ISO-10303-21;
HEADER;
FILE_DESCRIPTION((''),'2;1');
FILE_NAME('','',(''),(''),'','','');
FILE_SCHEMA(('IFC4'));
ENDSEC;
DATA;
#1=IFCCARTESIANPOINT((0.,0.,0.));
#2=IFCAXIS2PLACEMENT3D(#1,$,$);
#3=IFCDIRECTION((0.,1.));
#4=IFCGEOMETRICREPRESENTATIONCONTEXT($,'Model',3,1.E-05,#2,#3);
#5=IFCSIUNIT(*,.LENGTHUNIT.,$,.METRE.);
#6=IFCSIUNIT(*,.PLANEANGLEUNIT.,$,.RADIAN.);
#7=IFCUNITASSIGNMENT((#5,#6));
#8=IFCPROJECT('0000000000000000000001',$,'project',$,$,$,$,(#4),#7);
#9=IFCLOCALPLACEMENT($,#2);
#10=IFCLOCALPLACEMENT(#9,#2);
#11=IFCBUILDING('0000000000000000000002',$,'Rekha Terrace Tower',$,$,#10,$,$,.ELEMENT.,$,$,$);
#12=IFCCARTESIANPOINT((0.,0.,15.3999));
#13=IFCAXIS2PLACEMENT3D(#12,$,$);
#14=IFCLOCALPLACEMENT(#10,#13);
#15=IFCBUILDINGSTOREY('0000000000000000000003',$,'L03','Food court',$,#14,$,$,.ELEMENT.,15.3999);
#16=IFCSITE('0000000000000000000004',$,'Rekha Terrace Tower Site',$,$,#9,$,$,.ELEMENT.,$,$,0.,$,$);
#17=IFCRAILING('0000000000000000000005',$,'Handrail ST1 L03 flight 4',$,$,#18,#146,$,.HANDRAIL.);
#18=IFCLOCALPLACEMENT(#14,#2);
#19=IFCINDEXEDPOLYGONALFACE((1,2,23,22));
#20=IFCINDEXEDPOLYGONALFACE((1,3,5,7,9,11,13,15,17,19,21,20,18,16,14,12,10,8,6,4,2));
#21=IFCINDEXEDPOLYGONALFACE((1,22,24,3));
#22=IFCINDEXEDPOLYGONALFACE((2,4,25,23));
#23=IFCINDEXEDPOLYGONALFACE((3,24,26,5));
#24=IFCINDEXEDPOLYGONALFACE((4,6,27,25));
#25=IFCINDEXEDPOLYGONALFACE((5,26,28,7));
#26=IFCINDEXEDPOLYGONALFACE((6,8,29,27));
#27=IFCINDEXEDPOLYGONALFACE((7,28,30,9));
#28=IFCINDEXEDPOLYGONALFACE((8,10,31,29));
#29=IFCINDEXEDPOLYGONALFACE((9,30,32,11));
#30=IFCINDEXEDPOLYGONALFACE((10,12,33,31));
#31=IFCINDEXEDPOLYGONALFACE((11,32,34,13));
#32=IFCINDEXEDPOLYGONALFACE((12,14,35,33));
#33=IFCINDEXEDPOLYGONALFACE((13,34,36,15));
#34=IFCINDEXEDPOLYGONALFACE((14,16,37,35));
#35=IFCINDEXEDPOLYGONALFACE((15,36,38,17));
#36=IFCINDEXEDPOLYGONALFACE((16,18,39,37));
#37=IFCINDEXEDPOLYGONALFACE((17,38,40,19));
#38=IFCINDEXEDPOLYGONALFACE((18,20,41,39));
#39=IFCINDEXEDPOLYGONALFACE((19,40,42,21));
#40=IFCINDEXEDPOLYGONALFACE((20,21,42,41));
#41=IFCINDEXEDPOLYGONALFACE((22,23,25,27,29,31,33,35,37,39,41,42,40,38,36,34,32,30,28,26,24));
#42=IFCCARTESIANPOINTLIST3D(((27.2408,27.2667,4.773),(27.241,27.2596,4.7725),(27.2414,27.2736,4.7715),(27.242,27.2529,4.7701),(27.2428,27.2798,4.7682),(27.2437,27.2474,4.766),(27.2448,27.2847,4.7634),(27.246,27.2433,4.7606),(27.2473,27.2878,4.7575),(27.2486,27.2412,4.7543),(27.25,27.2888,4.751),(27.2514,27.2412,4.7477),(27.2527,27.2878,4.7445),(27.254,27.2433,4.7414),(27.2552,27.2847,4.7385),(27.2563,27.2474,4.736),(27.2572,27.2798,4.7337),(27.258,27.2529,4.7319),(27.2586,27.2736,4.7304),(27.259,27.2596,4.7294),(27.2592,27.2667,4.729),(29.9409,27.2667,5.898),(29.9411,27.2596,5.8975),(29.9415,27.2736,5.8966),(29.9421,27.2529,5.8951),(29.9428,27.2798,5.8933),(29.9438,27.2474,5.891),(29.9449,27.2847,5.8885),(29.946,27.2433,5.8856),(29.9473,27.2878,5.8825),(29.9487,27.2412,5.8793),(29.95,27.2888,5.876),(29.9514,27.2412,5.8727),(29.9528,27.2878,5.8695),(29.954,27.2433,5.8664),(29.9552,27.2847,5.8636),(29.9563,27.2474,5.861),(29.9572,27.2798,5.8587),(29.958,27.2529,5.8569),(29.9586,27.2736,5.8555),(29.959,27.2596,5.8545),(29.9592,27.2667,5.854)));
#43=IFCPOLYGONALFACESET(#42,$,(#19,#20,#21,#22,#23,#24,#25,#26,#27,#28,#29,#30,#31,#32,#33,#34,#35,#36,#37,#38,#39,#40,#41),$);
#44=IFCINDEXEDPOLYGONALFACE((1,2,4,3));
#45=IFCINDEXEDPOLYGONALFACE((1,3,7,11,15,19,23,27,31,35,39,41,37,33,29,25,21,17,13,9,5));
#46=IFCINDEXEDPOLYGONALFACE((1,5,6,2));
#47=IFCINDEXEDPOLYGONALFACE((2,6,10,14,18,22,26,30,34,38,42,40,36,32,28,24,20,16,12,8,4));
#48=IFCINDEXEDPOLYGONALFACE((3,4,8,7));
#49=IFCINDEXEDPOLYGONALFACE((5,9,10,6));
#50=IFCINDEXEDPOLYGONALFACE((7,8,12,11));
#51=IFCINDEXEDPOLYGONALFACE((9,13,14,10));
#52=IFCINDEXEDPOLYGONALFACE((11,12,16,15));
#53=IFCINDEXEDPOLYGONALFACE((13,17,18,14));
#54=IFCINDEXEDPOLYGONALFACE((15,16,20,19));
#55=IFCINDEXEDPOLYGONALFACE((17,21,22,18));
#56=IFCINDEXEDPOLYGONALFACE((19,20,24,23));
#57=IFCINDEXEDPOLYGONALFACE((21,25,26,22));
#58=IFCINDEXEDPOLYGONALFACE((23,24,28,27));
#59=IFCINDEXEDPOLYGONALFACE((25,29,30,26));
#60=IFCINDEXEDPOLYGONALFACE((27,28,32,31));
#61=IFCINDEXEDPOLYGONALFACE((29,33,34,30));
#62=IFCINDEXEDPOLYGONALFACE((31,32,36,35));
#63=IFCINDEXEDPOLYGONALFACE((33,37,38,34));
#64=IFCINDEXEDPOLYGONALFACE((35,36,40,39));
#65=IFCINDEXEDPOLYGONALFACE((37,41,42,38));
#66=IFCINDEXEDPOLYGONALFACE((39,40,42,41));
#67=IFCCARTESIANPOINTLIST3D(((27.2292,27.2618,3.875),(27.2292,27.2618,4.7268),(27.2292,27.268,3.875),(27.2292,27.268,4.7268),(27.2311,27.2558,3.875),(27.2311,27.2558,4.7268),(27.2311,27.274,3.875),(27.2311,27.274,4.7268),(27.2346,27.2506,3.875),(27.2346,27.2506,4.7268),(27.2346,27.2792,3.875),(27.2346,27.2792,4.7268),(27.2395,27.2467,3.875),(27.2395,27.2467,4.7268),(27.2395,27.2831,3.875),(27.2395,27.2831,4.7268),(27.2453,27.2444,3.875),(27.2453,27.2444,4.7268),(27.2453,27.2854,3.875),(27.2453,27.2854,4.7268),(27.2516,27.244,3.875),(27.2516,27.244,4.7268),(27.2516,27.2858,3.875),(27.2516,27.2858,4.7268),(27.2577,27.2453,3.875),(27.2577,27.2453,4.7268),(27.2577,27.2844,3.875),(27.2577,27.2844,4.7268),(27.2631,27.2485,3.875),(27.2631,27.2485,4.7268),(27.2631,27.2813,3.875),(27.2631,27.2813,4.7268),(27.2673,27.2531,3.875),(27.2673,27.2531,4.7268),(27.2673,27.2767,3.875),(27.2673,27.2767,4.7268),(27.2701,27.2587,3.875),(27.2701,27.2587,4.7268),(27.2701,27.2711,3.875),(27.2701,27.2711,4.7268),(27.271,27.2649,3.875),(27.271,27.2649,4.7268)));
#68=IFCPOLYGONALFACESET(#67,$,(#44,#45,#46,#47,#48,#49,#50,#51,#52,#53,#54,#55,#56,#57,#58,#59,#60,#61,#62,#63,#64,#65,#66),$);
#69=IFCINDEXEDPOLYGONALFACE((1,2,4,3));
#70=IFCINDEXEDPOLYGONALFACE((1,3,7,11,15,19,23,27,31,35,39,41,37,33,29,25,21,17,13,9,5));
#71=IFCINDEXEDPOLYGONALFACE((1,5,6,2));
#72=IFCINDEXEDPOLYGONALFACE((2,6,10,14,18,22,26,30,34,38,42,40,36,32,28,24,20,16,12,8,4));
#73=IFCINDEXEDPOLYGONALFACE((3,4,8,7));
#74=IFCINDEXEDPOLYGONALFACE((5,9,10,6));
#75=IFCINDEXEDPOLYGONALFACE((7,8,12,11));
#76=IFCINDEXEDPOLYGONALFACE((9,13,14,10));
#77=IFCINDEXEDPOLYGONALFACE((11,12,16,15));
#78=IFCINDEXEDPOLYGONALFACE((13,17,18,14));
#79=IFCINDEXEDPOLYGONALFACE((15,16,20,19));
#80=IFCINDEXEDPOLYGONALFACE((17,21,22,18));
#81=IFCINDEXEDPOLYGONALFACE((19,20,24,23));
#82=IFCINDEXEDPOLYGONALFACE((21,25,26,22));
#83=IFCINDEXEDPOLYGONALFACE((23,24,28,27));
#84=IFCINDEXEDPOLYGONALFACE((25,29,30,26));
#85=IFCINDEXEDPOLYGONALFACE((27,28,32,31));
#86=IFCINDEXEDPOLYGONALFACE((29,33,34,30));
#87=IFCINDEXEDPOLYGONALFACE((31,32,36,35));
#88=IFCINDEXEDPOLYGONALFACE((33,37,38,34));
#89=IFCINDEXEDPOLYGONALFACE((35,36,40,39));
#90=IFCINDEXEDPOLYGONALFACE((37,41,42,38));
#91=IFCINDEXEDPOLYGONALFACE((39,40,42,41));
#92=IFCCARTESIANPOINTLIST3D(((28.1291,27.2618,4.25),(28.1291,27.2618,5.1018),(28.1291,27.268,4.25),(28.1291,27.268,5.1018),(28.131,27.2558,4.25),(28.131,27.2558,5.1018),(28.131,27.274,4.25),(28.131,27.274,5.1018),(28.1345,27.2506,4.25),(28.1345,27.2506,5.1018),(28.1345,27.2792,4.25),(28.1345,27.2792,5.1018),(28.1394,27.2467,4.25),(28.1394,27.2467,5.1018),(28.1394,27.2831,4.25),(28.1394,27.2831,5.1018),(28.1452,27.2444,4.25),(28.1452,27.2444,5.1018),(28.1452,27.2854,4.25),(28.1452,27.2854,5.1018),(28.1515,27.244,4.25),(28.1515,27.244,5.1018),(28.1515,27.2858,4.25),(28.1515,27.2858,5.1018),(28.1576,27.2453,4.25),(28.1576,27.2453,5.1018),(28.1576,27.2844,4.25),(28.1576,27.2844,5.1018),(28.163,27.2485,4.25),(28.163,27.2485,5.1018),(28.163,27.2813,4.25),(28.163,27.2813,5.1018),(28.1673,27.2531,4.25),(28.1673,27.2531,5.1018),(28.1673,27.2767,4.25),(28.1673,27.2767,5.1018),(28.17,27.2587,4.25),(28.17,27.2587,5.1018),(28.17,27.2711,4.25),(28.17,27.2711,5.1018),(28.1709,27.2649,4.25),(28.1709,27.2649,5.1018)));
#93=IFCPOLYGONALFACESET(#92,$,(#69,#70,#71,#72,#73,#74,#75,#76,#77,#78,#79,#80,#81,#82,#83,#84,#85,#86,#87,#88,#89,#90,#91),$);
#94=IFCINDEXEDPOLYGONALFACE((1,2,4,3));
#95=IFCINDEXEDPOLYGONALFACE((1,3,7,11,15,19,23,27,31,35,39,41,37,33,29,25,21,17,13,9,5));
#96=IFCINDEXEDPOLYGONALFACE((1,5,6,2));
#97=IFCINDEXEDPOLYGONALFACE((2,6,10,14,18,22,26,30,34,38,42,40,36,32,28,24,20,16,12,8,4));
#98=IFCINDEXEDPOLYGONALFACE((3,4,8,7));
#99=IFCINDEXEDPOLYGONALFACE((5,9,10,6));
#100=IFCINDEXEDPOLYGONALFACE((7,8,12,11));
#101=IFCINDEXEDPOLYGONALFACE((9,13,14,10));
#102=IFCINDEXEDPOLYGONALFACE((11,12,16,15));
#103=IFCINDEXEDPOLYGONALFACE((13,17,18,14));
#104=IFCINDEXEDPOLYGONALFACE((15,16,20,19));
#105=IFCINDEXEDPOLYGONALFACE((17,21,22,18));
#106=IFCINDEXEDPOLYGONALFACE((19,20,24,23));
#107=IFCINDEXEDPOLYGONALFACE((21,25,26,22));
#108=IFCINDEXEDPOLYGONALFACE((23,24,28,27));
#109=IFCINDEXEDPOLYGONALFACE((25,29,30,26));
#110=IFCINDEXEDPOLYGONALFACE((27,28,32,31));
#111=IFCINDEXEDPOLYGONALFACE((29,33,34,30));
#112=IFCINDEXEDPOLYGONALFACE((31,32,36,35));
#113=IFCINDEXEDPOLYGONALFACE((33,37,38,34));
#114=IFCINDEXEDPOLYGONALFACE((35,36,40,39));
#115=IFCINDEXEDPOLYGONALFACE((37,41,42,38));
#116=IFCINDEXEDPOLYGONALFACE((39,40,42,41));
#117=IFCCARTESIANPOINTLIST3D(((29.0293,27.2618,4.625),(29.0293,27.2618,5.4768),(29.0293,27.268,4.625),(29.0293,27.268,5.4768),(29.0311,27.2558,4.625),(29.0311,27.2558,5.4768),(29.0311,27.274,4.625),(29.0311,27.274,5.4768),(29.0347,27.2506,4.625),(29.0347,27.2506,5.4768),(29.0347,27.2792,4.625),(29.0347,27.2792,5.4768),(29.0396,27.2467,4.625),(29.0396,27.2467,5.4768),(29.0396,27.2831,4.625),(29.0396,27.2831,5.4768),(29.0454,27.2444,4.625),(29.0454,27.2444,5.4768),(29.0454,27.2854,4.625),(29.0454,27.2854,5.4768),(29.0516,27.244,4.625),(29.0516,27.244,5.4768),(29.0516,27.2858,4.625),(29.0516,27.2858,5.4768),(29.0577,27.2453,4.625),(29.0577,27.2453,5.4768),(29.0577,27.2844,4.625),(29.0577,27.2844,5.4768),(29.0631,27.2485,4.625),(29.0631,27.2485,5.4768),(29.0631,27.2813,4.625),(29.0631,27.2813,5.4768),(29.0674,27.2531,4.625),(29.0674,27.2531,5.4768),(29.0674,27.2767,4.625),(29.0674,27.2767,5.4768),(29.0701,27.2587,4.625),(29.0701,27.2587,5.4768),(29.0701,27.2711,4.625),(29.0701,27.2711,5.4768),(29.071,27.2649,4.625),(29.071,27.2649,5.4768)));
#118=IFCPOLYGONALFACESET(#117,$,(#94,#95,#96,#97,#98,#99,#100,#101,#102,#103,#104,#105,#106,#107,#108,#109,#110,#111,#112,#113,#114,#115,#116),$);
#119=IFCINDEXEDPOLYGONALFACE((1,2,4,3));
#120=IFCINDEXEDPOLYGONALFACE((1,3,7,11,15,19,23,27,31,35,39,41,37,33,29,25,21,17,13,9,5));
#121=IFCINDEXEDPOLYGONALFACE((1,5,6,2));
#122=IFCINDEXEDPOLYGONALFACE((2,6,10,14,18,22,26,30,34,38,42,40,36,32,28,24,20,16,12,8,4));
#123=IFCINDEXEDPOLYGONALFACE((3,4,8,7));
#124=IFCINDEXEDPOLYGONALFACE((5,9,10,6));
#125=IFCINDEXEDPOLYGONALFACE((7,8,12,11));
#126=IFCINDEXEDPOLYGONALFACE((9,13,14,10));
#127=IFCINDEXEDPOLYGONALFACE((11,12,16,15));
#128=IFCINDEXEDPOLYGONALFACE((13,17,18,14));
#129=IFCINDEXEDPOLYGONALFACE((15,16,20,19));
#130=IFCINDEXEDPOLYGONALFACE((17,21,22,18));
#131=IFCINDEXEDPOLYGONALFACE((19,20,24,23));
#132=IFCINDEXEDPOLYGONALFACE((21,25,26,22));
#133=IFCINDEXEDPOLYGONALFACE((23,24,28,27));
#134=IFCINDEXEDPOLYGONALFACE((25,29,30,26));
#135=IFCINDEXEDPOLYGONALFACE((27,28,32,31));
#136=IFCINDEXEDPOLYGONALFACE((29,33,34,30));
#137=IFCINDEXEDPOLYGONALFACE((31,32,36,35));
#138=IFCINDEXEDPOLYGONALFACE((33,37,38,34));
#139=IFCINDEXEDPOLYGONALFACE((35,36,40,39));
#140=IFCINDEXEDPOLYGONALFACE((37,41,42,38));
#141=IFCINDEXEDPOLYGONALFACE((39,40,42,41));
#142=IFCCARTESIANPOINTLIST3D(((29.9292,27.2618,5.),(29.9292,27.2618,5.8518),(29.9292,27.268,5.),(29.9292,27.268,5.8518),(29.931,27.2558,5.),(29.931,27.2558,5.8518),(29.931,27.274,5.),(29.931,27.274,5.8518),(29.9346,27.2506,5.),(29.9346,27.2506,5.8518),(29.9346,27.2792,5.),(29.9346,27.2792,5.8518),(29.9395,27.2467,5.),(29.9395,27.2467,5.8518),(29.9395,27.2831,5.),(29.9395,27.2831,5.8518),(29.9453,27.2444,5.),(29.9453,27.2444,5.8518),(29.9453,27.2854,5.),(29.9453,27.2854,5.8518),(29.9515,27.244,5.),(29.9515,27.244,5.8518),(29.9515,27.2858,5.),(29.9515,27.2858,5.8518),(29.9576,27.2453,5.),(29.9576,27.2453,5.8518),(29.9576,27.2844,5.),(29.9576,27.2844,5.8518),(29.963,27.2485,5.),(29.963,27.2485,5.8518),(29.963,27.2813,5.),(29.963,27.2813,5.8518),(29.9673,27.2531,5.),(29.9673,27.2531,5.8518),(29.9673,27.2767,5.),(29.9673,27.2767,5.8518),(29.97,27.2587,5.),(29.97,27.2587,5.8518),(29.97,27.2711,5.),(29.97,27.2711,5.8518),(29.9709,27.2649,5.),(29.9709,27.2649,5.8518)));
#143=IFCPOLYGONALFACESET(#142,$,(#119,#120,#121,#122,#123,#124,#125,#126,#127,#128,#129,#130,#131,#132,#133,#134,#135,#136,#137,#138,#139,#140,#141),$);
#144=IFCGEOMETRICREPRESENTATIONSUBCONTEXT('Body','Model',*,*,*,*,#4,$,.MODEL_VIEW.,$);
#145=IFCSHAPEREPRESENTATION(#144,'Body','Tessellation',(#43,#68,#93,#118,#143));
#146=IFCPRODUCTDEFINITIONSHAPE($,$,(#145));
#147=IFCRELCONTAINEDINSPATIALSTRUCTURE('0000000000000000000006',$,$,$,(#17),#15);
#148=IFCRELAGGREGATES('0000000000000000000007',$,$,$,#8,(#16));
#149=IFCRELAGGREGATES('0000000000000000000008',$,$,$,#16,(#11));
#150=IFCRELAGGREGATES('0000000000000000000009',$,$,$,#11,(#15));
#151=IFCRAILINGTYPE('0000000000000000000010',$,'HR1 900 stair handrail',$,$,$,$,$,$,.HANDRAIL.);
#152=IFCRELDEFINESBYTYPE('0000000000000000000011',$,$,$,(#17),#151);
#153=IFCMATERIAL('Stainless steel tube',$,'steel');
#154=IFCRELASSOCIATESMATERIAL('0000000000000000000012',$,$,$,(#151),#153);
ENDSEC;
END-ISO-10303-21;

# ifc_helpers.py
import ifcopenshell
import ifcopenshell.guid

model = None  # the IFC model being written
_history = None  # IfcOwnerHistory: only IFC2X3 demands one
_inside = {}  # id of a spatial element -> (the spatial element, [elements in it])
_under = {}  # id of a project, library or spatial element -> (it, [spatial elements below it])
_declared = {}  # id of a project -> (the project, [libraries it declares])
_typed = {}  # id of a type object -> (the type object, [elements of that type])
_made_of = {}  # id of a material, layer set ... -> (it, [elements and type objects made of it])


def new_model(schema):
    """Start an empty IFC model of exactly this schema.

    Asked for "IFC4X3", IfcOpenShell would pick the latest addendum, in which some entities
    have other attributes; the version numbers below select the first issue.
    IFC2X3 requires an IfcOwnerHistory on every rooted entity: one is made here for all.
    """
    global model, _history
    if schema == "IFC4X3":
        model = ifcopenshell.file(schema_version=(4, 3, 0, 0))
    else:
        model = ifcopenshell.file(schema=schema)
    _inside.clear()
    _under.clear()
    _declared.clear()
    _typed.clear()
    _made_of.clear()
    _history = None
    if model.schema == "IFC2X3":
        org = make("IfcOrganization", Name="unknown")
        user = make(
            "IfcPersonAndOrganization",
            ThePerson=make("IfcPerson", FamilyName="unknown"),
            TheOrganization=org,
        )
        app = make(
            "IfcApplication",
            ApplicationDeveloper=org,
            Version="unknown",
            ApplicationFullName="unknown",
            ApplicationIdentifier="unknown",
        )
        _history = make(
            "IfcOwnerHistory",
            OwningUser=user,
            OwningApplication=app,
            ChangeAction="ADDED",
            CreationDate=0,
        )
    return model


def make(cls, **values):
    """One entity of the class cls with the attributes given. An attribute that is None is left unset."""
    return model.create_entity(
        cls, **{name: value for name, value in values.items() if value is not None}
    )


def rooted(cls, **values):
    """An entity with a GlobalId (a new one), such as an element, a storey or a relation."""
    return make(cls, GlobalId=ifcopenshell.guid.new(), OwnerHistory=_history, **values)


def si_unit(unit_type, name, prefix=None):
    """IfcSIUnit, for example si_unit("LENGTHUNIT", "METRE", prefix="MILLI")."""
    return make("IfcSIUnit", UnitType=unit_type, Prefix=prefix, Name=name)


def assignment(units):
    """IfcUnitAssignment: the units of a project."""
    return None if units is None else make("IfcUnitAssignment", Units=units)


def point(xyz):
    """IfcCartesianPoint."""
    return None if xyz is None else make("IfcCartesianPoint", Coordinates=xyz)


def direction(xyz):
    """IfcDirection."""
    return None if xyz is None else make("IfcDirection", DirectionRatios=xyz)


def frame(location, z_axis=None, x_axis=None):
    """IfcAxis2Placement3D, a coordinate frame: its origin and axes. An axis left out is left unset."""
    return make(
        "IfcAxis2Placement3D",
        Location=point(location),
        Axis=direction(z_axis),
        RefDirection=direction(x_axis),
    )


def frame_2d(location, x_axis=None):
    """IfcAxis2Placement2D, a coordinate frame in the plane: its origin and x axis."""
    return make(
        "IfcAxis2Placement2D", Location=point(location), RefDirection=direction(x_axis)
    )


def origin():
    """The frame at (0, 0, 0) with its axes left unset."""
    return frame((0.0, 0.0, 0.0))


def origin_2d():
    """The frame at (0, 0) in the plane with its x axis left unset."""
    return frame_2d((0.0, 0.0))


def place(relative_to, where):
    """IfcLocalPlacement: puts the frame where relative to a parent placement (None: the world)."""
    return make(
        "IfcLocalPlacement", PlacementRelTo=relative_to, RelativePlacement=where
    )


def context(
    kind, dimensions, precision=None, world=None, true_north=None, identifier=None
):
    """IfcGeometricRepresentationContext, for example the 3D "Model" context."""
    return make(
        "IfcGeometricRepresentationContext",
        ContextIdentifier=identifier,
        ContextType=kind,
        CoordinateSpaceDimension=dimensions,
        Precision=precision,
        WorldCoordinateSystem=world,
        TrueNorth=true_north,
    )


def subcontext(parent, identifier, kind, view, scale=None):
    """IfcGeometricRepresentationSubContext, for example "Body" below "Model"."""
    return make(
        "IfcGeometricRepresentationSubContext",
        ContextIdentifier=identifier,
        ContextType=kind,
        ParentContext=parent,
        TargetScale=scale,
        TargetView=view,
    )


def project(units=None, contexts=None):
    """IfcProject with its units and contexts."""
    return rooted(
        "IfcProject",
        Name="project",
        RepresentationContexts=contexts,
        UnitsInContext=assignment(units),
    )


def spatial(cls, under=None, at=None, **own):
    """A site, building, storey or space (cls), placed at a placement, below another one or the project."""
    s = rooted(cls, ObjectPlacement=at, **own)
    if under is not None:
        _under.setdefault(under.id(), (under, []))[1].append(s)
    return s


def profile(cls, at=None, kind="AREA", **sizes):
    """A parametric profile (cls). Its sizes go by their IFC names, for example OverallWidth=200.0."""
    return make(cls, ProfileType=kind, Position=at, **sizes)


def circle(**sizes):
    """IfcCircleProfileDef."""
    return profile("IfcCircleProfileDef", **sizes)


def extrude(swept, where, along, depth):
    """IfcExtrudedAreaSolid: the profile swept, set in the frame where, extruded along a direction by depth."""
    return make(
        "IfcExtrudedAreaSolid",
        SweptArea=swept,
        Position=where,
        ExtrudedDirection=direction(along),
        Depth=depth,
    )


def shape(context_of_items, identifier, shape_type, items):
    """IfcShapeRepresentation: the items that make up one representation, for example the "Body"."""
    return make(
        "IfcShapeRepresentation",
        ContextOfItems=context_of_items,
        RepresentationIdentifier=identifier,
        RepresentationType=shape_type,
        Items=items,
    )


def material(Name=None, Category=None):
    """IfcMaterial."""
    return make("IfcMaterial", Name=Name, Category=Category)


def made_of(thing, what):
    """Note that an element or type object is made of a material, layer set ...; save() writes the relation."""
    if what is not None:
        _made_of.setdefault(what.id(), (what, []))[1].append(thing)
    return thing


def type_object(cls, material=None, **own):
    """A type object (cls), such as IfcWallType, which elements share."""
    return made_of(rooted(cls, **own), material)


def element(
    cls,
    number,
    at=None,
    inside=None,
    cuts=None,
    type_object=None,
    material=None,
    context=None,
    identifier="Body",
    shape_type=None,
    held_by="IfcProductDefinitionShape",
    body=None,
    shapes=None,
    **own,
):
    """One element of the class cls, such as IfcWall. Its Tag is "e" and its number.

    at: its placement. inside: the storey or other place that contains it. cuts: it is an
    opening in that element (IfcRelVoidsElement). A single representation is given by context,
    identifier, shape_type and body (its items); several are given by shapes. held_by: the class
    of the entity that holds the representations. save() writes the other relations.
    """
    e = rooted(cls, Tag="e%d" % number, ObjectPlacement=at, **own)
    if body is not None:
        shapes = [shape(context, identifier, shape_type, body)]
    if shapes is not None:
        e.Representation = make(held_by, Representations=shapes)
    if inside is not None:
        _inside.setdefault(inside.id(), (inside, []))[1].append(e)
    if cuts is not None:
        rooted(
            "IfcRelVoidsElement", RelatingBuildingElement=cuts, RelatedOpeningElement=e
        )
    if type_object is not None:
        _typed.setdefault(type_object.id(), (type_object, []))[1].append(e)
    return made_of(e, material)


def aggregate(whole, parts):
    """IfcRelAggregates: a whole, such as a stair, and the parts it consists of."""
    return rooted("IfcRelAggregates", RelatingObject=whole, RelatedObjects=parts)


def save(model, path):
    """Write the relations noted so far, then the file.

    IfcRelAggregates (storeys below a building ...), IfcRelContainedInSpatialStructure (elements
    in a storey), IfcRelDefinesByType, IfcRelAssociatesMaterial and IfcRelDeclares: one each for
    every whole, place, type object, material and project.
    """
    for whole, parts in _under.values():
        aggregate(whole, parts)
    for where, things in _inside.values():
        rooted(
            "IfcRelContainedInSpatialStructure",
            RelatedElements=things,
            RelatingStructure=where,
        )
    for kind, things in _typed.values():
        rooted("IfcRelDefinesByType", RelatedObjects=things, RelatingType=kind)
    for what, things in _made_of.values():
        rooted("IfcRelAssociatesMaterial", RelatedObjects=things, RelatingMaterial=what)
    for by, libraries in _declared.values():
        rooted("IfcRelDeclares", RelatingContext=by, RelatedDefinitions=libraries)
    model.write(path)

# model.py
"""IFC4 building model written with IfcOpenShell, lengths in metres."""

from ifc_helpers import new_model, si_unit, direction, frame, origin, origin_2d, place, context, subcontext, project, spatial, circle, extrude, material, type_object, element, save


model = new_model("IFC4")

# Units and contexts
model_context = context("Model", 3, precision=1e-05, world=origin(), true_north=direction((0.0, 1.0)))
body_context = subcontext(model_context, "Body", "Model", "MODEL_VIEW")
ifc_project = project(units=[si_unit("LENGTHUNIT", "METRE"), si_unit("PLANEANGLEUNIT", "RADIAN")], contexts=[model_context])

# Site, building, storey
site_placement = place(None, origin())
site = spatial("IfcSite", under=ifc_project, at=site_placement, Name="Rekha Terrace Tower Site", CompositionType="ELEMENT", RefElevation=0.0)
building_placement = place(site_placement, origin())
building = spatial("IfcBuilding", under=site, at=building_placement, Name="Rekha Terrace Tower", CompositionType="ELEMENT")
storey_placement = place(building_placement, frame((0.0, 0.0, 15.3999)))
storey = spatial("IfcBuildingStorey", under=building, at=storey_placement, Name="L03", Description="Food court", CompositionType="ELEMENT", Elevation=15.3999)

# Railing
ifc_material_1 = material(Name="Stainless steel tube", Category="steel")
railing_type_1 = type_object("IfcRailingType", Name="HR1 900 stair handrail", PredefinedType="HANDRAIL", material=ifc_material_1)
for number, where, name in (
    (1, (27.25, 27.2649, 3.875), "Handrail ST1 L03 flight 4"),
):
    element("IfcRailing", number, at=place(storey_placement, frame(where)), inside=storey, type_object=railing_type_1, Name=name, PredefinedType="HANDRAIL", context=body_context, shape_type="SweptSolid", body=[
        extrude(circle(Radius=0.0239, at=origin_2d()), frame((0.0, 0.0, 0.876), z_axis=(0.923074, 0.0, 0.384621), x_axis=(0.0, 1.0, 0.0)), (0.0, 0.0, 1.0), 2.925),
        extrude(circle(Radius=0.021, at=origin_2d()), origin(), (0.0, 0.0, 1.0), 0.8518),
        extrude(circle(Radius=0.021, at=origin_2d()), frame((0.8999, 0.0, 0.375)), (0.0, 0.0, 1.0), 0.8518),
        extrude(circle(Radius=0.021, at=origin_2d()), frame((1.8, 0.0, 0.75)), (0.0, 0.0, 1.0), 0.8518),
        extrude(circle(Radius=0.021, at=origin_2d()), frame((2.7, 0.0, 1.125)), (0.0, 0.0, 1.0), 0.8518),
    ])

save(model, "model.ifc")
